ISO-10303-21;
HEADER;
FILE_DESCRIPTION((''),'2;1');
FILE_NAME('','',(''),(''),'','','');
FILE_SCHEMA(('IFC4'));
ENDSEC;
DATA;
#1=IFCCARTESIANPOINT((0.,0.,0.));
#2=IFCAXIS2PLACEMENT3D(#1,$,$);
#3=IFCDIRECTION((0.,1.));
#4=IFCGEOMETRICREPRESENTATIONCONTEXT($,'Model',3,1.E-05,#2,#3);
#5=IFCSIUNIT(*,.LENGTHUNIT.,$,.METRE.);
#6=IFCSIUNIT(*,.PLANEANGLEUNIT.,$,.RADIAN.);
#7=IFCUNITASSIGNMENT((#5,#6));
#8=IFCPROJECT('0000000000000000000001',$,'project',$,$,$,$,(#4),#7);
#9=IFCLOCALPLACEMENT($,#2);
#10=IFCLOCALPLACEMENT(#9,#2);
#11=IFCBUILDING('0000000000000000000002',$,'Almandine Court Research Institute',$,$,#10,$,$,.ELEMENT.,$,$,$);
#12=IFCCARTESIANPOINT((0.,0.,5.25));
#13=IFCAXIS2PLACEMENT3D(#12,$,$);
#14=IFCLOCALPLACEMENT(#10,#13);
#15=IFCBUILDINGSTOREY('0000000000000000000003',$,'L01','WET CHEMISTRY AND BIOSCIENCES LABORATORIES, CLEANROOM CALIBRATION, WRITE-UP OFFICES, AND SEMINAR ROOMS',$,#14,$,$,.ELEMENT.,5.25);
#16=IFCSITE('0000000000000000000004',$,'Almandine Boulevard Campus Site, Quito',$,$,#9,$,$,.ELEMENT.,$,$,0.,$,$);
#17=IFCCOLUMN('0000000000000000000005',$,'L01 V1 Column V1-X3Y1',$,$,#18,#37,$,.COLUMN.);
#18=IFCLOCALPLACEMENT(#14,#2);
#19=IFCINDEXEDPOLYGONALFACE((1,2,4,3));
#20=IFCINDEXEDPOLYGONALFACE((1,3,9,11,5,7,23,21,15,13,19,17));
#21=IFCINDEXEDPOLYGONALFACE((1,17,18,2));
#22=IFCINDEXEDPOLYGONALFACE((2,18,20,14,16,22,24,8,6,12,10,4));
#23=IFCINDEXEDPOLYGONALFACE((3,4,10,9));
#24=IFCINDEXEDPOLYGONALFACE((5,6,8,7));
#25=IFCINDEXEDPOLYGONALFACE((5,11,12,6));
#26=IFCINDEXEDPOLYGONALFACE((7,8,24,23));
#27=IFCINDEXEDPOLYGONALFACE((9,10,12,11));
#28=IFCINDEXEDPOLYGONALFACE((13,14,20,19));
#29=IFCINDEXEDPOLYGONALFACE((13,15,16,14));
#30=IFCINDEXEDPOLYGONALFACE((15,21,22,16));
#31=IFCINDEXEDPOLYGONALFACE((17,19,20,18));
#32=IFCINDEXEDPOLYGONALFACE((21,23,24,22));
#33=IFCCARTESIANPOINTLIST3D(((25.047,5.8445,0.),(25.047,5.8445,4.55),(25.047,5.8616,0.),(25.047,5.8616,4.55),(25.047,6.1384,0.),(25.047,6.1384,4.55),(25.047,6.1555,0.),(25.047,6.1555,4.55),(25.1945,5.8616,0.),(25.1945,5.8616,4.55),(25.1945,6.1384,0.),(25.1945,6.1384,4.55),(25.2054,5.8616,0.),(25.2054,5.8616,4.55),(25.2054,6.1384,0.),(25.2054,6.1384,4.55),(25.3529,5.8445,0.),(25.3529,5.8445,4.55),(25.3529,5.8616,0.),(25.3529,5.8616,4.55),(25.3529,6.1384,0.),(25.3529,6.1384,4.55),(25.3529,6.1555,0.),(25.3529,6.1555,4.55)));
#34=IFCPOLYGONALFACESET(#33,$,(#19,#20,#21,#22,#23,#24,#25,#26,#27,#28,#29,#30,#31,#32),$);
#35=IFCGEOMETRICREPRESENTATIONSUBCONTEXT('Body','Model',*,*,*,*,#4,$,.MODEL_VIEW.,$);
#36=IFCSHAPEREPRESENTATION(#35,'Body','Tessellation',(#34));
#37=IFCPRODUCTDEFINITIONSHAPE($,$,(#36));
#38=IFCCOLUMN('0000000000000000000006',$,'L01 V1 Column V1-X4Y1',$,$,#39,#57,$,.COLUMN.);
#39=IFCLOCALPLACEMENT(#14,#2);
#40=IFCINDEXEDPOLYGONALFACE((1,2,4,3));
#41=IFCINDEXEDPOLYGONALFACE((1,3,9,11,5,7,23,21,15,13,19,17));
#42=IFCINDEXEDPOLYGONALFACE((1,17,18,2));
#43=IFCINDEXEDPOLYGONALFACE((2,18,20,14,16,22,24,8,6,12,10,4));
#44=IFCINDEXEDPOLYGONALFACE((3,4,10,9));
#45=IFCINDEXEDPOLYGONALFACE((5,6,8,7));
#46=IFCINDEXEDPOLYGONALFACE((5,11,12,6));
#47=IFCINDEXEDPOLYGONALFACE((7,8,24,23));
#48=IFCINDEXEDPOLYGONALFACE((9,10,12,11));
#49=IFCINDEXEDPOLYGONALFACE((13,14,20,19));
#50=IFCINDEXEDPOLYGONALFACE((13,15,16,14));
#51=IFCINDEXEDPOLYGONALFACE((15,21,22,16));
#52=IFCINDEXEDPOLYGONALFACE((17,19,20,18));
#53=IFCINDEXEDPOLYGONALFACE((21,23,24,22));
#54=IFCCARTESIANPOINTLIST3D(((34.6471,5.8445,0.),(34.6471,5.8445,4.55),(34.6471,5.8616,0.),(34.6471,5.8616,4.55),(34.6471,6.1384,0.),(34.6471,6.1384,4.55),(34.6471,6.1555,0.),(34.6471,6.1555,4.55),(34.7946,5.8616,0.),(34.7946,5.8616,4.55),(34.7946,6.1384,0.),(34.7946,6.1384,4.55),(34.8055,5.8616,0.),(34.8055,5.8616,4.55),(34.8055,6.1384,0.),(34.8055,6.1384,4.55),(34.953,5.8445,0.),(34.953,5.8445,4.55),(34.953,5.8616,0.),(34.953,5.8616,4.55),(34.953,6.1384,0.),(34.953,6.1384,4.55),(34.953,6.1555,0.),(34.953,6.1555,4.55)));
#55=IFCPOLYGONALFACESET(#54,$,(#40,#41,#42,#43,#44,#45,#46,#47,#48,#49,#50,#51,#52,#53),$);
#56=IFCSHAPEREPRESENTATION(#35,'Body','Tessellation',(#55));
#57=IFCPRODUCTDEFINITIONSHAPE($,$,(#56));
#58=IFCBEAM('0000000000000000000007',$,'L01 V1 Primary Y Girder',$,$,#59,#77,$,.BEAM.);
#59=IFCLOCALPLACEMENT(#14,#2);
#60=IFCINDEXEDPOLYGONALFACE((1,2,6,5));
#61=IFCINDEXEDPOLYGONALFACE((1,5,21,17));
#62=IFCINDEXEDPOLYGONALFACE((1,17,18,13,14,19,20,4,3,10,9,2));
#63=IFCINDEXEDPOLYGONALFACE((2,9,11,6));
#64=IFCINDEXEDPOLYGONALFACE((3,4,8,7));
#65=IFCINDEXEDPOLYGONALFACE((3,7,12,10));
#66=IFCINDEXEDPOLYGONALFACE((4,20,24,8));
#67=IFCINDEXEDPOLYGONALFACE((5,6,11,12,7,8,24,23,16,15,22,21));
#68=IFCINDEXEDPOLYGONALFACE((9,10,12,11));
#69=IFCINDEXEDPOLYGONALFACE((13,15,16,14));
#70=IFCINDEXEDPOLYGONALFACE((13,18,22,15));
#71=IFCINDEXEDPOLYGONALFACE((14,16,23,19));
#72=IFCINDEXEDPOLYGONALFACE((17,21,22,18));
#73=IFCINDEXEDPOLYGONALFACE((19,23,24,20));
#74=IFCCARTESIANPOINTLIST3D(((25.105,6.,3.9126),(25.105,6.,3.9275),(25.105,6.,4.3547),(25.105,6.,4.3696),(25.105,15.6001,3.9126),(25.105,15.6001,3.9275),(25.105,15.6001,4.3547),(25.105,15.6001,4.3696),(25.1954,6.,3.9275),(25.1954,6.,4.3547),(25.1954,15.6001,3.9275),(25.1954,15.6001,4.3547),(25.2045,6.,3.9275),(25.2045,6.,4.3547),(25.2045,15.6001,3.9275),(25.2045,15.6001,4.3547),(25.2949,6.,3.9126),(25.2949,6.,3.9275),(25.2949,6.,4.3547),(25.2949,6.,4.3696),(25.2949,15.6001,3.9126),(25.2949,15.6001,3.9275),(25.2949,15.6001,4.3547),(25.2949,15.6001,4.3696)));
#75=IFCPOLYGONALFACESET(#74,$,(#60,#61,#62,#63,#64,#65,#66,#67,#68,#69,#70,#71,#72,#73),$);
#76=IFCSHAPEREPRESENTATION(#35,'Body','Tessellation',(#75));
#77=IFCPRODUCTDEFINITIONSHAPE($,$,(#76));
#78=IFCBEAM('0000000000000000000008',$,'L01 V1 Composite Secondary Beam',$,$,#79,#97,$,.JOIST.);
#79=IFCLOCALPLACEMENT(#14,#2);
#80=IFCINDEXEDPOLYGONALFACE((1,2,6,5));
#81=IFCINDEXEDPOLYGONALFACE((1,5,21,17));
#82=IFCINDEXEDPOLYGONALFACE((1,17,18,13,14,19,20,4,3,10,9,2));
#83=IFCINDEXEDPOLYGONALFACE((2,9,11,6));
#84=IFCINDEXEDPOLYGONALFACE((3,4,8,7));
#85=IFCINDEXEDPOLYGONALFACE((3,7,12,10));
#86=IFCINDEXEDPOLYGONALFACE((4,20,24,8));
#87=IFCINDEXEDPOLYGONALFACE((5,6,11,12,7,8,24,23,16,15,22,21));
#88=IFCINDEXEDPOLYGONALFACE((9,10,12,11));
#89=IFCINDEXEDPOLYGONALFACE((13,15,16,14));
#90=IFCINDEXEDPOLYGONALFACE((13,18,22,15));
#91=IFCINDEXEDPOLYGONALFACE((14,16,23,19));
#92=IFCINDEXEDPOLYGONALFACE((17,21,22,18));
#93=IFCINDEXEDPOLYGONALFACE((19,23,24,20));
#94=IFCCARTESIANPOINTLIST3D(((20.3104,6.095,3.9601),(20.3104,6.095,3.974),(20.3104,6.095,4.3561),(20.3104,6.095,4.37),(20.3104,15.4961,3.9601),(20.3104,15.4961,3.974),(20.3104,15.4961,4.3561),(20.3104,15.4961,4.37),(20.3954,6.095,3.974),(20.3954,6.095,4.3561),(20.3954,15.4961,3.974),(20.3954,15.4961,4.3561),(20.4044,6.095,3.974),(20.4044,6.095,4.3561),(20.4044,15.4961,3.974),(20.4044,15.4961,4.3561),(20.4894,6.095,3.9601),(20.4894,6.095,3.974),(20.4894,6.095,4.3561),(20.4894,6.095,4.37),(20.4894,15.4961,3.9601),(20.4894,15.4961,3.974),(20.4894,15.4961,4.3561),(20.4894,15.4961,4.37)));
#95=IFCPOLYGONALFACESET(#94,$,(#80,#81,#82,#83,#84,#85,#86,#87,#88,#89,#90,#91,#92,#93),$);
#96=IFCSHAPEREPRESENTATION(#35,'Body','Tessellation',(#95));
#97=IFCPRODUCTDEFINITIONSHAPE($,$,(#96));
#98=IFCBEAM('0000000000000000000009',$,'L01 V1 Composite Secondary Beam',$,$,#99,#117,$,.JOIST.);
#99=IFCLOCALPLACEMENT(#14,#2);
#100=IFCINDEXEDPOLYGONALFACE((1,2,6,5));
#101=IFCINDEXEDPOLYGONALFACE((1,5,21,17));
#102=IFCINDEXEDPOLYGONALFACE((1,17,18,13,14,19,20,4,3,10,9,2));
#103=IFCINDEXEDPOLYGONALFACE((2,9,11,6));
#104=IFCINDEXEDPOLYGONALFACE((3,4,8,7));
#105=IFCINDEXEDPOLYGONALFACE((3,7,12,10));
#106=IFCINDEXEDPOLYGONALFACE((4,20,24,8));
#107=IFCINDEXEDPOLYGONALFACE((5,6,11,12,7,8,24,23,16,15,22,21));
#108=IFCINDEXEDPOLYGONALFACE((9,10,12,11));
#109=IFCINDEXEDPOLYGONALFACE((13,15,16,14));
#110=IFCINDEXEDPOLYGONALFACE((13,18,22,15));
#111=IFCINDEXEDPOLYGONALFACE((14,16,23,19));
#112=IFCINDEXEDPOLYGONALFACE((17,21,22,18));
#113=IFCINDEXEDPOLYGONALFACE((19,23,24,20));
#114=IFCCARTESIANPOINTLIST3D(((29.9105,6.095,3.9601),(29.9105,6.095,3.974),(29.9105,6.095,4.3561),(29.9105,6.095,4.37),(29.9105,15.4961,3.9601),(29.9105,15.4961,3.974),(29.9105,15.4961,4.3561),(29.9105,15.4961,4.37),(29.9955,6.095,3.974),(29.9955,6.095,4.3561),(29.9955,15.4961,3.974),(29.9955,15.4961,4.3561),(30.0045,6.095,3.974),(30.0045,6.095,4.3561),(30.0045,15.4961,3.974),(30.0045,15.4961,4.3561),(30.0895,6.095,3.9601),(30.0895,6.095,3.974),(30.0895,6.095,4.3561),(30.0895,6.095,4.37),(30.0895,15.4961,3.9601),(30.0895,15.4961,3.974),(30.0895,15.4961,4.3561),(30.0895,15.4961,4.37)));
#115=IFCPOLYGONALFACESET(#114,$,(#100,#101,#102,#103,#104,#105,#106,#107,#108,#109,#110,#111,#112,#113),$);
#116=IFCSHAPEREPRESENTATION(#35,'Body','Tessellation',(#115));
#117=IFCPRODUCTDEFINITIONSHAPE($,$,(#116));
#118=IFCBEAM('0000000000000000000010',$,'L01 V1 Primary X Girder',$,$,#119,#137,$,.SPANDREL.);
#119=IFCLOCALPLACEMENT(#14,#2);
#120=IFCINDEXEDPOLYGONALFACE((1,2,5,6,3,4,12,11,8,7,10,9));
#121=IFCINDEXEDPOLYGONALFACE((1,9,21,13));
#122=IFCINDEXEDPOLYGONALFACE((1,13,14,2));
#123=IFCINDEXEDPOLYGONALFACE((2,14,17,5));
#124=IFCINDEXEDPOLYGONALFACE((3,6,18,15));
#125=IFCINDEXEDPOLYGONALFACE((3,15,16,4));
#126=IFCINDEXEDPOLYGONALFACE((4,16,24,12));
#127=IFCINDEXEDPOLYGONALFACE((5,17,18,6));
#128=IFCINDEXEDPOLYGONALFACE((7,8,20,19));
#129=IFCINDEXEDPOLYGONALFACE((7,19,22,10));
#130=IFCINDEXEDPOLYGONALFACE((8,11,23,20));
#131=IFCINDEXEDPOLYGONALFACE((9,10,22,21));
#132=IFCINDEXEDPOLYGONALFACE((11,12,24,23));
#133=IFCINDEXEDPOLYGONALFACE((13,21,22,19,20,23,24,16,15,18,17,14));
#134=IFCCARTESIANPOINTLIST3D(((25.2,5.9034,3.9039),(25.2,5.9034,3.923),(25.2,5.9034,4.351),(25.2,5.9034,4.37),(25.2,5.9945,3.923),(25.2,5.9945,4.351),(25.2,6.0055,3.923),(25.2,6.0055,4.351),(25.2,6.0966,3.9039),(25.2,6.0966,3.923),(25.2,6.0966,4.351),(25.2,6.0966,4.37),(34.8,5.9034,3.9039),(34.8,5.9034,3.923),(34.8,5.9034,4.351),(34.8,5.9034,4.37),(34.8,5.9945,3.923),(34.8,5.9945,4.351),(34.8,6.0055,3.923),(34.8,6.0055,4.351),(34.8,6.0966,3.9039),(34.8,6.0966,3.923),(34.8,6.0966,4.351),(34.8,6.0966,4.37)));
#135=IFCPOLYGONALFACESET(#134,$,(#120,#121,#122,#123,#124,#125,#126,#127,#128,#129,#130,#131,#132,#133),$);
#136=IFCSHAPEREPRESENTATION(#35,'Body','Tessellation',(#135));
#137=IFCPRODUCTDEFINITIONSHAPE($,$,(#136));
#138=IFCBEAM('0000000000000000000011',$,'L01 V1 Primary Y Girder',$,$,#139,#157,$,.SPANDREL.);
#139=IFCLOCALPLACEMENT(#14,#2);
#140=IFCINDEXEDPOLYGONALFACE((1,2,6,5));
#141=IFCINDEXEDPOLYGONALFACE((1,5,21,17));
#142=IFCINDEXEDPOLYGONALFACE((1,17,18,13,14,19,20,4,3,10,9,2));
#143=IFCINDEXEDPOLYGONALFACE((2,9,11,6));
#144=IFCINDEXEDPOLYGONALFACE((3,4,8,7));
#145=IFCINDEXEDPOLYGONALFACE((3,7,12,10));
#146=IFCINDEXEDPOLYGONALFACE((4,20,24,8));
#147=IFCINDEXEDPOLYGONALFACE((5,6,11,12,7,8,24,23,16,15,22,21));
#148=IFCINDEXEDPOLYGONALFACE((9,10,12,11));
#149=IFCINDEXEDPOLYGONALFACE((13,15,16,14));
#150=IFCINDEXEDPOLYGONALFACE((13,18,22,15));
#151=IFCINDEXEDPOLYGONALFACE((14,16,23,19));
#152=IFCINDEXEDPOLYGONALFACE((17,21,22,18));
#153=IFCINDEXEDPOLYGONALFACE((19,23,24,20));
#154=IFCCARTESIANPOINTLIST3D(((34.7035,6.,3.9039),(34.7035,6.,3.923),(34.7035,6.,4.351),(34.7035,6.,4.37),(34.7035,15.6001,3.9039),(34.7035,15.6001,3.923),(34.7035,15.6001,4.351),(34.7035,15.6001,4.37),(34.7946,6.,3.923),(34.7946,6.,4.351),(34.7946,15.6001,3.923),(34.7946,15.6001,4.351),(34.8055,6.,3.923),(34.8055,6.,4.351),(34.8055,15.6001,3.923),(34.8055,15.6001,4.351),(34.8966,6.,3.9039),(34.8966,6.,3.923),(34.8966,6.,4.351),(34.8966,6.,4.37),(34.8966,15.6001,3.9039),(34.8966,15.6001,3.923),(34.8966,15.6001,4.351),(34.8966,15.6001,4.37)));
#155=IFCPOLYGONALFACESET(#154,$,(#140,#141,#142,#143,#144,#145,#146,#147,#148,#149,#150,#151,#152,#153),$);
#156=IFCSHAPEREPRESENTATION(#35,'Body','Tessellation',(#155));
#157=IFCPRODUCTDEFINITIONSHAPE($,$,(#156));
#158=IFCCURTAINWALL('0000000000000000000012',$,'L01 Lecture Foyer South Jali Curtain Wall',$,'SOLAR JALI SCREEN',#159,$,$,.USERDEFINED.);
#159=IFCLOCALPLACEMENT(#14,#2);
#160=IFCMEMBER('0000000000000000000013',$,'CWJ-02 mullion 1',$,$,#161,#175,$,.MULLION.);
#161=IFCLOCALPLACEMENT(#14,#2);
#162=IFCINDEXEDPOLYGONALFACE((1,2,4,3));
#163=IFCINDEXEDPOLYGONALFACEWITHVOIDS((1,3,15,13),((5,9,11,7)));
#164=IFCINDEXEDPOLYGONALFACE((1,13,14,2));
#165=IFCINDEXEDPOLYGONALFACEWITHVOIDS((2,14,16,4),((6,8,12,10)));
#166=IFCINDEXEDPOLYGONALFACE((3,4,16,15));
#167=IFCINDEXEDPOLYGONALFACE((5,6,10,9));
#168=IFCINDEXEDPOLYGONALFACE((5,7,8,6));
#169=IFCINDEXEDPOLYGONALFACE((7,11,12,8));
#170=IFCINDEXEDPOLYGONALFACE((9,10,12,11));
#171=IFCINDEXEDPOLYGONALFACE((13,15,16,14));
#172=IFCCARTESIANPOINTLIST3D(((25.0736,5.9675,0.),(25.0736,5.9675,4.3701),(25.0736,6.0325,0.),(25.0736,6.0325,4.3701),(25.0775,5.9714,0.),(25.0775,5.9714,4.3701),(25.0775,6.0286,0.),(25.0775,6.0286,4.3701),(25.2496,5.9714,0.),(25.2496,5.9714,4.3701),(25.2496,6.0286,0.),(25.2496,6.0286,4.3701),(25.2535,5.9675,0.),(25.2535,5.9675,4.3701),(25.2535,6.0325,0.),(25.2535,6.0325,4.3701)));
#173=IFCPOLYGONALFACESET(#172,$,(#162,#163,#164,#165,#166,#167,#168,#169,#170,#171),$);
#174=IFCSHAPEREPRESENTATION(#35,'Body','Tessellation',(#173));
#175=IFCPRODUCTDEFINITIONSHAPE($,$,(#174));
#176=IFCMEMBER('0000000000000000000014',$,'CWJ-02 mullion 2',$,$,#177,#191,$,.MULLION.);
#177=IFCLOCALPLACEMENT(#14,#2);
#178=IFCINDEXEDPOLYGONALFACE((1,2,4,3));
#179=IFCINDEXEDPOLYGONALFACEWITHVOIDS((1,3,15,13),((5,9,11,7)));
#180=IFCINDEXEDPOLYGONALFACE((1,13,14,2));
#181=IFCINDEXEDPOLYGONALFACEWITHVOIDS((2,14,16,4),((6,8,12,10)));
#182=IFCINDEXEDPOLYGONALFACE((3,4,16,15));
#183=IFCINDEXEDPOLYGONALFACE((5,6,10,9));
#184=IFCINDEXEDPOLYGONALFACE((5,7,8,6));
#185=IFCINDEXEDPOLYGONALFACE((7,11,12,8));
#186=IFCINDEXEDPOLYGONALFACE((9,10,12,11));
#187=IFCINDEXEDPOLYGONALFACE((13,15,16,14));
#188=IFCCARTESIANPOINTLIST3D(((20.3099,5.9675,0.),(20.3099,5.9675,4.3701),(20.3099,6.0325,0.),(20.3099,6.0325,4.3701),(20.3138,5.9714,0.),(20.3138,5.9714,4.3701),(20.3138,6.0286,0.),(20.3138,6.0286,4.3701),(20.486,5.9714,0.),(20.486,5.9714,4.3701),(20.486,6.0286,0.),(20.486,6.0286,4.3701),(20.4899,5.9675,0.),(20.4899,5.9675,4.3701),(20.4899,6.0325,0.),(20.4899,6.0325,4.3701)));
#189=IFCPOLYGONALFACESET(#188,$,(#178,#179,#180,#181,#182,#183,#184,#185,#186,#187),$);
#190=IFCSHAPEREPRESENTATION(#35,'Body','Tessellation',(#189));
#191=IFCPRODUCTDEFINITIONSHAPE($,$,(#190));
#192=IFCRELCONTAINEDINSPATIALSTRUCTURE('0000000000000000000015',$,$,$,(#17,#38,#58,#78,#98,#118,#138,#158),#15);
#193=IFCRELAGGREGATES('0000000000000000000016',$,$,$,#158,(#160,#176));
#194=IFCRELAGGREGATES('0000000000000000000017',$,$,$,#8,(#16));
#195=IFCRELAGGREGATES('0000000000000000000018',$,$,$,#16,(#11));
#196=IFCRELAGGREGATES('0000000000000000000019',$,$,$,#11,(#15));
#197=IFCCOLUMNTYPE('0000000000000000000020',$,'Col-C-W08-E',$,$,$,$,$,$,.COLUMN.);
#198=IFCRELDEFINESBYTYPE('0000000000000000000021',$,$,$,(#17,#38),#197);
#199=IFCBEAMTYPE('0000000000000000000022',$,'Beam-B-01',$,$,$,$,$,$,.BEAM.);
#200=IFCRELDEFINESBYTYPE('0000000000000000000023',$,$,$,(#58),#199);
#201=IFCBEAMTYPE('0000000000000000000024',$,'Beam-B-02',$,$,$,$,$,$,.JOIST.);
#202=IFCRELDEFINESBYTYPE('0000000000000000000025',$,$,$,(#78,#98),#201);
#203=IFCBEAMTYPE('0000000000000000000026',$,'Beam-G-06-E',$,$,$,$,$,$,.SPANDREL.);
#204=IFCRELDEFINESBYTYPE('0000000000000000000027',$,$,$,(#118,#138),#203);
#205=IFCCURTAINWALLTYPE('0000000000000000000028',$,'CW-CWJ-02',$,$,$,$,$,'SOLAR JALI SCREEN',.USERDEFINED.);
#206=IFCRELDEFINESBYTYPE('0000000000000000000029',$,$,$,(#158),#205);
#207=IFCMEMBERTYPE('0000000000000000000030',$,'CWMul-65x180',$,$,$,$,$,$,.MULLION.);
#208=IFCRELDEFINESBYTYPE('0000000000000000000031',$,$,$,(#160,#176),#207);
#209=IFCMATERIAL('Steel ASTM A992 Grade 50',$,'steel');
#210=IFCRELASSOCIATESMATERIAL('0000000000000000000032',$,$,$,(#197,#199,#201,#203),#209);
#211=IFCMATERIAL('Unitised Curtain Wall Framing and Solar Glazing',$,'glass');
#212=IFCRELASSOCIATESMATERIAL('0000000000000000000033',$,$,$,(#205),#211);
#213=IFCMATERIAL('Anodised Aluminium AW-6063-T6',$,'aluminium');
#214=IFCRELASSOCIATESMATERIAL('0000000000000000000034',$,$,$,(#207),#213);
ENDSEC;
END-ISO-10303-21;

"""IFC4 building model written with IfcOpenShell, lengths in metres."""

from ifc_helpers import new_model, si_unit, direction, frame, origin, origin_2d, place, context, subcontext, project, spatial, hollow_rectangle, i_section, extrude, material, material_profile, profile_set, type_object, element, aggregate, save


model = new_model("IFC4")

# Units and contexts
model_context = context("Model", 3, precision=1e-05, world=origin(), true_north=direction((0.0, 1.0)))
body_context = subcontext(model_context, "Body", "Model", "MODEL_VIEW")
ifc_project = project(units=[si_unit("LENGTHUNIT", "METRE"), si_unit("PLANEANGLEUNIT", "RADIAN")], contexts=[model_context])

# Site, building, storey
site_placement = place(None, origin())
site = spatial("IfcSite", under=ifc_project, at=site_placement, Name="Almandine Boulevard Campus Site, Quito", CompositionType="ELEMENT", RefElevation=0.0)
building_placement = place(site_placement, origin())
building = spatial("IfcBuilding", under=site, at=building_placement, Name="Almandine Court Research Institute", CompositionType="ELEMENT")
storey_placement = place(building_placement, frame((0.0, 0.0, 5.25)))
storey = spatial("IfcBuildingStorey", under=building, at=storey_placement, Name="L01", Description="WET CHEMISTRY AND BIOSCIENCES LABORATORIES, CLEANROOM CALIBRATION, WRITE-UP OFFICES, AND SEMINAR ROOMS", CompositionType="ELEMENT", Elevation=5.25)

# Columns
ifc_material_1 = material(Name="Steel ASTM A992 Grade 50", Category="steel")
ifc_material_profile_1 = material_profile(ifc_material_1, i_section(OverallWidth=0.3059, OverallDepth=0.311, WebThickness=0.011, FlangeThickness=0.0171, at=origin_2d()), Name="W310x107")
ifc_profile_set_1 = profile_set([ifc_material_profile_1], Name="Steel ASTM A992 Grade 50")
column_type = type_object("IfcColumnType", Name="Col-C-W08-E", PredefinedType="COLUMN", material=ifc_profile_set_1)
for number, where, z_axis, x_axis, name in (
    (1, (25.2, 6.0, 0.0), (0.0, 0.0, 1.0), (1.0, 0.0, 0.0), "L01 V1 Column V1-X3Y1"),
    (2, (34.8, 6.0, 0.0), (0.0, 0.0, 1.0), (1.0, 0.0, 0.0), "L01 V1 Column V1-X4Y1"),
):
    element("IfcColumn", number, at=place(storey_placement, frame(where, z_axis=z_axis, x_axis=x_axis)), inside=storey, type_object=column_type, Name=name, PredefinedType="COLUMN", context=body_context, shape_type="SweptSolid", body=[
        extrude(i_section(OverallWidth=0.3059, OverallDepth=0.311, WebThickness=0.011, FlangeThickness=0.0171, at=origin_2d()), origin(), (0.0, 0.0, 1.0), 4.55),
    ])

# Beams
ifc_material_profile_2 = material_profile(ifc_material_1, i_section(OverallWidth=0.1899, OverallDepth=0.457, WebThickness=0.009, FlangeThickness=0.0149, at=origin_2d()), Name="W460x74")
ifc_profile_set_2 = profile_set([ifc_material_profile_2], Name="Steel ASTM A992 Grade 50")
beam_type_1 = type_object("IfcBeamType", Name="Beam-B-01", PredefinedType="BEAM", material=ifc_profile_set_2)
beam_placement = place(storey_placement, frame((25.2, 6.0, 4.1411), z_axis=(0.0, 1.0, 0.0), x_axis=(-1.0, 0.0, 0.0)))
element("IfcBeam", 3, at=beam_placement, inside=storey, type_object=beam_type_1, Name="L01 V1 Primary Y Girder", PredefinedType="BEAM", context=body_context, shape_type="SweptSolid", body=[
    extrude(i_section(OverallWidth=0.1899, OverallDepth=0.457, WebThickness=0.009, FlangeThickness=0.0149, at=origin_2d()), origin(), (0.0, 0.0, 1.0), 9.6001),
])
ifc_material_profile_3 = material_profile(ifc_material_1, i_section(OverallWidth=0.179, OverallDepth=0.4099, WebThickness=0.009, FlangeThickness=0.0139, at=origin_2d()), Name="W410x67")
ifc_profile_set_3 = profile_set([ifc_material_profile_3], Name="Steel ASTM A992 Grade 50")
beam_type_2 = type_object("IfcBeamType", Name="Beam-B-02", PredefinedType="JOIST", material=ifc_profile_set_3)
for number, where, z_axis, x_axis, name in (
    (4, (20.3999, 6.095, 4.165), (0.0, 1.0, 0.0), (-1.0, 0.0, 0.0), "L01 V1 Composite Secondary Beam"),
    (5, (30.0, 6.095, 4.165), (0.0, 1.0, 0.0), (-1.0, 0.0, 0.0), "L01 V1 Composite Secondary Beam"),
):
    element("IfcBeam", number, at=place(storey_placement, frame(where, z_axis=z_axis, x_axis=x_axis)), inside=storey, type_object=beam_type_2, Name=name, PredefinedType="JOIST", context=body_context, shape_type="SweptSolid", body=[
        extrude(i_section(OverallWidth=0.179, OverallDepth=0.4099, WebThickness=0.009, FlangeThickness=0.0139, at=origin_2d()), origin(), (0.0, 0.0, 1.0), 9.4011),
    ])
ifc_material_profile_4 = material_profile(ifc_material_1, i_section(OverallWidth=0.1931, OverallDepth=0.4661, WebThickness=0.011, FlangeThickness=0.019, at=origin_2d()), Name="W460x97")
ifc_profile_set_4 = profile_set([ifc_material_profile_4], Name="Steel ASTM A992 Grade 50")
beam_type_3 = type_object("IfcBeamType", Name="Beam-G-06-E", PredefinedType="SPANDREL", material=ifc_profile_set_4)
for number, where, z_axis, x_axis, name in (
    (6, (25.2, 6.0, 4.137), (1.0, 0.0, 0.0), (0.0, 1.0, 0.0), "L01 V1 Primary X Girder"),
    (7, (34.8, 6.0, 4.137), (0.0, 1.0, 0.0), (-1.0, 0.0, 0.0), "L01 V1 Primary Y Girder"),
):
    element("IfcBeam", number, at=place(storey_placement, frame(where, z_axis=z_axis, x_axis=x_axis)), inside=storey, type_object=beam_type_3, Name=name, PredefinedType="SPANDREL", context=body_context, shape_type="SweptSolid", body=[
        extrude(i_section(OverallWidth=0.1931, OverallDepth=0.4661, WebThickness=0.011, FlangeThickness=0.019, at=origin_2d()), origin(), (0.0, 0.0, 1.0), 9.6001),
    ])

# Curtain wall, members
ifc_material_2 = material(Name="Unitised Curtain Wall Framing and Solar Glazing", Category="glass")
curtain_wall_type = type_object("IfcCurtainWallType", Name="CW-CWJ-02", ElementType="SOLAR JALI SCREEN", PredefinedType="USERDEFINED", material=ifc_material_2)
curtain_wall_placement = place(storey_placement, origin())
curtain_wall = element("IfcCurtainWall", 8, at=curtain_wall_placement, inside=storey, type_object=curtain_wall_type, Name="L01 Lecture Foyer South Jali Curtain Wall", ObjectType="SOLAR JALI SCREEN", PredefinedType="USERDEFINED")
ifc_material_3 = material(Name="Anodised Aluminium AW-6063-T6", Category="aluminium")
ifc_material_profile_5 = material_profile(ifc_material_3, hollow_rectangle(XDim=0.0649, YDim=0.1799, WallThickness=0.0039, at=origin_2d()), Name="ALU RHS 65x180x4")
ifc_profile_set_5 = profile_set([ifc_material_profile_5], Name="Anodised Aluminium AW-6063-T6")
member_type_1 = type_object("IfcMemberType", Name="CWMul-65x180", PredefinedType="MULLION", material=ifc_profile_set_5)
member_1_placement = place(storey_placement, frame((25.1636, 6.0, 0.0), z_axis=(0.0, 0.0, 1.0), x_axis=(0.0, -1.0, 0.0)))
member_1 = element("IfcMember", 9, at=member_1_placement, type_object=member_type_1, Name="CWJ-02 mullion 1", PredefinedType="MULLION", context=body_context, shape_type="SweptSolid", body=[
    extrude(hollow_rectangle(XDim=0.0649, YDim=0.1799, WallThickness=0.0039, at=origin_2d()), origin(), (0.0, 0.0, 1.0), 4.3701),
])
member_2_placement = place(storey_placement, frame((20.3999, 6.0, 0.0), z_axis=(0.0, 0.0, 1.0), x_axis=(0.0, -1.0, 0.0)))
member_2 = element("IfcMember", 10, at=member_2_placement, type_object=member_type_1, Name="CWJ-02 mullion 2", PredefinedType="MULLION", context=body_context, shape_type="SweptSolid", body=[
    extrude(hollow_rectangle(XDim=0.0649, YDim=0.1799, WallThickness=0.0039, at=origin_2d()), origin(), (0.0, 0.0, 1.0), 4.3701),
])
aggregate(curtain_wall, [member_1, member_2])

save(model, "model.ifc")
